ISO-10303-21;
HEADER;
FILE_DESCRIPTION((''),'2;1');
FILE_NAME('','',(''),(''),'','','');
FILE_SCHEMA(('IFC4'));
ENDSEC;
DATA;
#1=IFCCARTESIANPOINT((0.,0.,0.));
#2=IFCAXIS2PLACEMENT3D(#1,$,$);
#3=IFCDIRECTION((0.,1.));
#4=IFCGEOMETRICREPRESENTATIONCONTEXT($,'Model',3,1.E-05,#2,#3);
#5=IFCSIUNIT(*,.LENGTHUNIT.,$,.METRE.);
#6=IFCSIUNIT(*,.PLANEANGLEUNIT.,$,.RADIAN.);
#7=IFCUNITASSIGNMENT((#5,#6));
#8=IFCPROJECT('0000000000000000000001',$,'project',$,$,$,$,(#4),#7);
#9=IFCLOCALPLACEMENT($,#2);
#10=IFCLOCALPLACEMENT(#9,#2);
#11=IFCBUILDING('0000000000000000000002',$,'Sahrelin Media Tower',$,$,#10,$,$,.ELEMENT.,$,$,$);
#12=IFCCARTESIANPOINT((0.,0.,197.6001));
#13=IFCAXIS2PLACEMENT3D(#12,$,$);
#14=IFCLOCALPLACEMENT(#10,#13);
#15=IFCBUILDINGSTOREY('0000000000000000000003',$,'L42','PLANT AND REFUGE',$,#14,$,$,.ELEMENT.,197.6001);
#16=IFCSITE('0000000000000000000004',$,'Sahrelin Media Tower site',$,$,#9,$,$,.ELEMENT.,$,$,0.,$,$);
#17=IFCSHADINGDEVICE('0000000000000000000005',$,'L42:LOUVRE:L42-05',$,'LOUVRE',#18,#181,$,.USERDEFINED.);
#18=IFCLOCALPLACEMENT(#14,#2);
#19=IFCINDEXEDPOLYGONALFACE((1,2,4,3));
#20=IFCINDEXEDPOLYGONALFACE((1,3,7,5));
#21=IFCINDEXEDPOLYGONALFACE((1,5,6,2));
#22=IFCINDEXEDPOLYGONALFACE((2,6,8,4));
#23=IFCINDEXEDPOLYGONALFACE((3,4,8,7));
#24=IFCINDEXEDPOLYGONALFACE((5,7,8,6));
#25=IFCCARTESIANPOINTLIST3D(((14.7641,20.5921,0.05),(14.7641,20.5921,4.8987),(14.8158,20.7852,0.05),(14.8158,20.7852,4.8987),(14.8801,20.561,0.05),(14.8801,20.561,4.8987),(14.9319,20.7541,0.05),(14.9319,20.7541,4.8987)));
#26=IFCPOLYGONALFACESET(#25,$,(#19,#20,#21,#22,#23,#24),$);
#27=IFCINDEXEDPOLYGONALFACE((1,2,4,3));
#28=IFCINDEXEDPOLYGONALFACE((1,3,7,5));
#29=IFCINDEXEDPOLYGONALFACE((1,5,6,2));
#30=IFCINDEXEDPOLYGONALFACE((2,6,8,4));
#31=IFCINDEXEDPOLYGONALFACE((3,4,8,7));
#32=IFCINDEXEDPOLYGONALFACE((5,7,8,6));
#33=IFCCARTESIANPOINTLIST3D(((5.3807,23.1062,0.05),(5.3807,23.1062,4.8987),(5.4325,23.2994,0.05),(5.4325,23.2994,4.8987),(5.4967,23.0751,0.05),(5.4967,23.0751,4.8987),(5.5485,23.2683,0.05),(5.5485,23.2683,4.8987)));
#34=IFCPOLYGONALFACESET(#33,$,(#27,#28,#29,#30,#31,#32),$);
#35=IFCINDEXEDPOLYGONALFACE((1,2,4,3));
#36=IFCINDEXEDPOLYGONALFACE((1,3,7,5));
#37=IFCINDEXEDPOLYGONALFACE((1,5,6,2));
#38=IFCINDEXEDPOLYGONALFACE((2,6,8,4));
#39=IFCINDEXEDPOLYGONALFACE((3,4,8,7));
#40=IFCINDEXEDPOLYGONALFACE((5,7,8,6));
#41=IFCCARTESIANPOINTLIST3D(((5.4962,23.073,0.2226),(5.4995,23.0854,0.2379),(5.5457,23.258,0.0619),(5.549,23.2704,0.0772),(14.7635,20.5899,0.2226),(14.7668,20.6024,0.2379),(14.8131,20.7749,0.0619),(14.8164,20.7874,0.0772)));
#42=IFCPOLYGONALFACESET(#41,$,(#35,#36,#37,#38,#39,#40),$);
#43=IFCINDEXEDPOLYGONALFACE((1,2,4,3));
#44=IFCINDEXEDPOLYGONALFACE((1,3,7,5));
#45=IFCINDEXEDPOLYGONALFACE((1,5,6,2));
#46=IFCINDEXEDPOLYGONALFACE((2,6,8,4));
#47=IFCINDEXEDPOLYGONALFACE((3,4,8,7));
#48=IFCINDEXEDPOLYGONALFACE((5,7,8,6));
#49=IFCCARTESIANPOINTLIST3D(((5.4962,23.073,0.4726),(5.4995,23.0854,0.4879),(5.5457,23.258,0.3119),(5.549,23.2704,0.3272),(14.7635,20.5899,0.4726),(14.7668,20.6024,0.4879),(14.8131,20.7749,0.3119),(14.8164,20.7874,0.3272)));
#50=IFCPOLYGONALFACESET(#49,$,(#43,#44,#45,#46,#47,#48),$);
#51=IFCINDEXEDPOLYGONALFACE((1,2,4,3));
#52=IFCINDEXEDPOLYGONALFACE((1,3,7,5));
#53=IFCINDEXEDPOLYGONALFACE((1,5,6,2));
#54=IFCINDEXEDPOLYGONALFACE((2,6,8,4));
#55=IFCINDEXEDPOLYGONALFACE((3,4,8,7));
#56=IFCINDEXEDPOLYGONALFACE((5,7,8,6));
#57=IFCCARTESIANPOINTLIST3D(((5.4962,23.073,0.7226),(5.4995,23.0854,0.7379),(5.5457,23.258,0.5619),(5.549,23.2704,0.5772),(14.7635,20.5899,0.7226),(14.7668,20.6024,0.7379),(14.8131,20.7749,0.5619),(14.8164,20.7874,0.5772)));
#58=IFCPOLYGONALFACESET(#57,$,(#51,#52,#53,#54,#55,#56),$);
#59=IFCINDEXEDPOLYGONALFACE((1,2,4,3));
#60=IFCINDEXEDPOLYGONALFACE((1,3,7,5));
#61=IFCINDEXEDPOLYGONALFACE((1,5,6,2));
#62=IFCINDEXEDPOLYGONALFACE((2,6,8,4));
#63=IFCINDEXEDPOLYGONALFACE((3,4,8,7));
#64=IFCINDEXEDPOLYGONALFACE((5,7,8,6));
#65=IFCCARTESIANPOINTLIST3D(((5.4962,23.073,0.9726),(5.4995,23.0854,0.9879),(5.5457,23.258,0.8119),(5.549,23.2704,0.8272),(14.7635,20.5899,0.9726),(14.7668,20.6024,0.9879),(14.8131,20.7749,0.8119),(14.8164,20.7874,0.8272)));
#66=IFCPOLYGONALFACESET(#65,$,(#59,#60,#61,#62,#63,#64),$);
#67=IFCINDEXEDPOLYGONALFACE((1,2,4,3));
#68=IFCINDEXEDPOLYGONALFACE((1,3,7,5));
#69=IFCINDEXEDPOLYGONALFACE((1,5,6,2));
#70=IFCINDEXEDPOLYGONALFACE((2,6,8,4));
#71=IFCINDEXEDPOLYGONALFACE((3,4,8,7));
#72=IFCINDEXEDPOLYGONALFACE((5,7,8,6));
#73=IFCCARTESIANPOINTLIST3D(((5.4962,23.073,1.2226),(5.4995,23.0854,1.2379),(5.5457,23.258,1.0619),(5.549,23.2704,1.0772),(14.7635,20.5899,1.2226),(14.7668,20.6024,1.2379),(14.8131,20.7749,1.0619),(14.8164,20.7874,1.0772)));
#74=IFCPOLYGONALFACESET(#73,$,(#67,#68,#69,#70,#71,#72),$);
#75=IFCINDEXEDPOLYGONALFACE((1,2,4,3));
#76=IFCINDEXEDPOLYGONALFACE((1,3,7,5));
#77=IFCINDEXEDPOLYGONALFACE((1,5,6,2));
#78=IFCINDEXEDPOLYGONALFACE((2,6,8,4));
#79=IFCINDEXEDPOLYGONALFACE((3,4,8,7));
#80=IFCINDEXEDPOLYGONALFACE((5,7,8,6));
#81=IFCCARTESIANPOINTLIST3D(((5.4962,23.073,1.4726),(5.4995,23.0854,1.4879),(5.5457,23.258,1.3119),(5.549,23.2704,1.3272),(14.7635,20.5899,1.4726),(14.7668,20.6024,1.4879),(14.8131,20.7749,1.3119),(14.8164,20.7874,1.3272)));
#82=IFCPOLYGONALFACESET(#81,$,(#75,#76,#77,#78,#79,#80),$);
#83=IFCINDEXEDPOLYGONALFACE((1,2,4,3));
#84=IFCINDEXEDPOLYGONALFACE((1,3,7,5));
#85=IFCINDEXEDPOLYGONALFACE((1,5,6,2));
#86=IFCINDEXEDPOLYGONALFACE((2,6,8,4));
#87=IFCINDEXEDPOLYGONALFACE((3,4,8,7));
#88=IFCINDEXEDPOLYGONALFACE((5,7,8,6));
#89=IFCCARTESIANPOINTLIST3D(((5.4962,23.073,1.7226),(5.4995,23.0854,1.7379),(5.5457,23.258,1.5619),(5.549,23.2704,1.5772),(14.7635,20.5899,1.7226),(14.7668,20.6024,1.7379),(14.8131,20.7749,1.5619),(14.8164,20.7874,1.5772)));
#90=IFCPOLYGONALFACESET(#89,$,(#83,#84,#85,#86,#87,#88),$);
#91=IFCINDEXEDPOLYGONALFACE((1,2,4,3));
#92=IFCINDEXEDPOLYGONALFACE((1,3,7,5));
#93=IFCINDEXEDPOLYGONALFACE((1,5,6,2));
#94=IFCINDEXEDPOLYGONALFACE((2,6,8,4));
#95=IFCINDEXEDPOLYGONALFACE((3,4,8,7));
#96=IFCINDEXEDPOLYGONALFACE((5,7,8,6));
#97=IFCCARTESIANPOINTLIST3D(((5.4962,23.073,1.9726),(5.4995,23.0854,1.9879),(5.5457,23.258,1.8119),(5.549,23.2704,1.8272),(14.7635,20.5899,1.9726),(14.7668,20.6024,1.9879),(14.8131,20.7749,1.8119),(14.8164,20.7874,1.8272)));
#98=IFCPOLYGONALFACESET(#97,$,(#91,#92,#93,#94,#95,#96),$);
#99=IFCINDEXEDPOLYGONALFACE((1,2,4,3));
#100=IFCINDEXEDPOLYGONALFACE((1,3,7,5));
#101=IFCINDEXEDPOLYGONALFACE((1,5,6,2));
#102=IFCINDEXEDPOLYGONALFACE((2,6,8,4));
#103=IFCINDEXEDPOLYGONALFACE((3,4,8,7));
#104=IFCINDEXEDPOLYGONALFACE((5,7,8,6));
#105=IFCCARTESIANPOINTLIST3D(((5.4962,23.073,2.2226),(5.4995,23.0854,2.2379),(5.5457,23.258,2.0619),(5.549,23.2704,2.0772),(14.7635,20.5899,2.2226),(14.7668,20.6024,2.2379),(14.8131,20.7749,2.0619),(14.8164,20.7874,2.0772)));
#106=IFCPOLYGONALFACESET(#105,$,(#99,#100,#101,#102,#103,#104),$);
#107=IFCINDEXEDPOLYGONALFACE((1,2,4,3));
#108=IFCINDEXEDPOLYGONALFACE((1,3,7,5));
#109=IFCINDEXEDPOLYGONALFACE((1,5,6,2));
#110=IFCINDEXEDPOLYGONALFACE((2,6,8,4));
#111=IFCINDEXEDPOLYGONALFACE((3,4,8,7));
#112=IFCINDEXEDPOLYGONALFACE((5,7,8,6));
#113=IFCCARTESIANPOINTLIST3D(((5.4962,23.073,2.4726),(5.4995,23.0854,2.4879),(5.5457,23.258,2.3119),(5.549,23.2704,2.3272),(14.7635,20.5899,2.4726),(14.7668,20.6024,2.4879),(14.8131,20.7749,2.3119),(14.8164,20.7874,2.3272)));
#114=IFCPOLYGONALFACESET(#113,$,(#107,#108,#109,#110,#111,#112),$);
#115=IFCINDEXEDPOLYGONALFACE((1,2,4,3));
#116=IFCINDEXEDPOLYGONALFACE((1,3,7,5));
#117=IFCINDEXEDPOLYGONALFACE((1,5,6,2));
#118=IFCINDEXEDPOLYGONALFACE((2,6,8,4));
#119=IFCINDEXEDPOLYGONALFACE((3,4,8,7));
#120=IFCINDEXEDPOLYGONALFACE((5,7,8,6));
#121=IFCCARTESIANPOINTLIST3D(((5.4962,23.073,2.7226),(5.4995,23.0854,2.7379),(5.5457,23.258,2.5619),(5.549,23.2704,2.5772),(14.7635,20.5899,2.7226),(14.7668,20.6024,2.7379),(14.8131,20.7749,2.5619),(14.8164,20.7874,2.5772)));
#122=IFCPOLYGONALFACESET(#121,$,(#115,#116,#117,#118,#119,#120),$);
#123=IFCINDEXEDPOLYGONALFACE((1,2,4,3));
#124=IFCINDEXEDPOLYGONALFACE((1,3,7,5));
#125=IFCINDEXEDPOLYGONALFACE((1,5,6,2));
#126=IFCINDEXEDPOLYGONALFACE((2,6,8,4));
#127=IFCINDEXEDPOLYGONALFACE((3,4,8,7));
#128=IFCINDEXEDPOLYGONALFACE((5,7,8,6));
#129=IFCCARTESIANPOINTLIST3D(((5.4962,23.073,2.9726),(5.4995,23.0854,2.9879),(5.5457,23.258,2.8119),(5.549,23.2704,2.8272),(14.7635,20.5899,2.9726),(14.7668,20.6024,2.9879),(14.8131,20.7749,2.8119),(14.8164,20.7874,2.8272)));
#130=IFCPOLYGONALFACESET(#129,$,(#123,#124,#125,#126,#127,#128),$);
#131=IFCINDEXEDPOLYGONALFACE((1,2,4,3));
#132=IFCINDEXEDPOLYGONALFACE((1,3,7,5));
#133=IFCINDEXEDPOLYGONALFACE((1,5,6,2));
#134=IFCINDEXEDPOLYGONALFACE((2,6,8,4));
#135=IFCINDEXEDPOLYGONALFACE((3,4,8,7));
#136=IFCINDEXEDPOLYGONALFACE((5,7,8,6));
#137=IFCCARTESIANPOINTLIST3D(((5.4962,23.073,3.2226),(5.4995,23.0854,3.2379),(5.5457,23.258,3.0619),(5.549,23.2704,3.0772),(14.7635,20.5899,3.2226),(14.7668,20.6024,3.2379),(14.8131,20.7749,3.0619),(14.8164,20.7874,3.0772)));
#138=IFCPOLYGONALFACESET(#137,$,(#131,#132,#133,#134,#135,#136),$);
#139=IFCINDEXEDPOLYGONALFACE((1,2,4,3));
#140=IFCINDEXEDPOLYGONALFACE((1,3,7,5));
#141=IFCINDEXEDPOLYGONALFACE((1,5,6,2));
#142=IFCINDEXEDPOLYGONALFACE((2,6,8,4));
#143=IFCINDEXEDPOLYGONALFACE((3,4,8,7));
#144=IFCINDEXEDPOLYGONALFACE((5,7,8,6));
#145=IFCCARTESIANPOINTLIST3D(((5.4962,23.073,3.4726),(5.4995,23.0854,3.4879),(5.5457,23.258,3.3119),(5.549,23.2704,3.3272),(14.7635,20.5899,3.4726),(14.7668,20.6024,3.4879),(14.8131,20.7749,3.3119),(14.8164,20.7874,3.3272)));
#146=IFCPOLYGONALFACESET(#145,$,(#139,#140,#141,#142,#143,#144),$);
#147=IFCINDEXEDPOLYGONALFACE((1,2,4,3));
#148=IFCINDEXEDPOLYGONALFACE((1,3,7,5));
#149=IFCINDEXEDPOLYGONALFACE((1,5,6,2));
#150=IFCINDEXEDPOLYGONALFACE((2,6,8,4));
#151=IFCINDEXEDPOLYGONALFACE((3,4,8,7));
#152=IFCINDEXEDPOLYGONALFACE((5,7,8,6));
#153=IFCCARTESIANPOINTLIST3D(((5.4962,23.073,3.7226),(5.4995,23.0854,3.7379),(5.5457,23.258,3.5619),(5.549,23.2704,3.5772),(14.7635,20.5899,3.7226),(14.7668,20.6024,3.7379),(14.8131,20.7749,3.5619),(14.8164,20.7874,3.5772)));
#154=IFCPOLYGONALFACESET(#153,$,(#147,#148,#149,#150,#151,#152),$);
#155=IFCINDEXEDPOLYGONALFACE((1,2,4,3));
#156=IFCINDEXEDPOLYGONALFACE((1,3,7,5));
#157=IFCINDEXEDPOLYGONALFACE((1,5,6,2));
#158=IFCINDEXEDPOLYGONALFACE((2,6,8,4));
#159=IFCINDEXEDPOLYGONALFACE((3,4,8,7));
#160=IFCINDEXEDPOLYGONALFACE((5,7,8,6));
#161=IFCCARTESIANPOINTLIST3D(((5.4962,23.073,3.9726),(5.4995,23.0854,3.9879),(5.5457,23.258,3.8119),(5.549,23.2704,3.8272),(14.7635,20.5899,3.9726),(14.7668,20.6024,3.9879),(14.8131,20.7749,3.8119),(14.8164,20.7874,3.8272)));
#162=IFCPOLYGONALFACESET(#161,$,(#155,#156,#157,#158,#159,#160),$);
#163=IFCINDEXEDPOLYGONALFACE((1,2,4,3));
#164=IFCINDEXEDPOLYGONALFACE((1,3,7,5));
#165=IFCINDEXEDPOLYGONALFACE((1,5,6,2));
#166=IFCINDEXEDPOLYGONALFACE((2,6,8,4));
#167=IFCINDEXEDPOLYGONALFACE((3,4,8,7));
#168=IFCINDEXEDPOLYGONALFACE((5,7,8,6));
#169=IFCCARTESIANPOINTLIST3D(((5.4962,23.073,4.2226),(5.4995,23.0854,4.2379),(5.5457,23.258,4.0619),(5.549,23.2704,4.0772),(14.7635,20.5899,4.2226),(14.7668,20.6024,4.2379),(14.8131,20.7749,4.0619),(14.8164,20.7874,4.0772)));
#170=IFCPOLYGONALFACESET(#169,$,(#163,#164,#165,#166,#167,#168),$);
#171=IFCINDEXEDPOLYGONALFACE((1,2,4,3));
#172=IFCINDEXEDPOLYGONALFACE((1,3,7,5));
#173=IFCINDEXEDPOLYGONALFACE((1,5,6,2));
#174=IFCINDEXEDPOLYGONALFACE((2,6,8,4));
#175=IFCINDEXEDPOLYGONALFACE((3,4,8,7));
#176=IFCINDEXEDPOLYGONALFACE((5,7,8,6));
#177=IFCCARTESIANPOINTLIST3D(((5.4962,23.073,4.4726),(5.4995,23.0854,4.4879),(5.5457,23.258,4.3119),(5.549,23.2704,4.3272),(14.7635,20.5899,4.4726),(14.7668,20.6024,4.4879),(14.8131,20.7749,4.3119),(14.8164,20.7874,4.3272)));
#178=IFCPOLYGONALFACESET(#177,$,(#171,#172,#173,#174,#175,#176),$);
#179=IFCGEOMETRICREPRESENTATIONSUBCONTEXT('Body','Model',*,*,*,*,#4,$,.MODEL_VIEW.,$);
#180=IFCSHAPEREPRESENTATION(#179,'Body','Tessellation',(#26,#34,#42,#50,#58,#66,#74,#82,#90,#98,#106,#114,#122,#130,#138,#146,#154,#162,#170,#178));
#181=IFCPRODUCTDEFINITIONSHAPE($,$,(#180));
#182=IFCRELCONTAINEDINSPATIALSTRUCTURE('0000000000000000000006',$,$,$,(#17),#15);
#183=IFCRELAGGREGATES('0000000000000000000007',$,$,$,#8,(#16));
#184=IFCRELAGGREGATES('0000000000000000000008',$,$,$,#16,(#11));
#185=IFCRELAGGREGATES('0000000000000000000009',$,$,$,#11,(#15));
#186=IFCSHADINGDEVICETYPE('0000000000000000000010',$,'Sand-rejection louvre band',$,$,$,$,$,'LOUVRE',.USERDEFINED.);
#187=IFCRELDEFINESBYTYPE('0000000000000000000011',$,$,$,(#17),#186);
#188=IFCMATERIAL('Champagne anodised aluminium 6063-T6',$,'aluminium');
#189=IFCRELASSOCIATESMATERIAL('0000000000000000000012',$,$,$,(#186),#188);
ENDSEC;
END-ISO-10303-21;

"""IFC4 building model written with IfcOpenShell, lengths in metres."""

from ifc_helpers import new_model, si_unit, direction, frame, origin, origin_2d, place, context, subcontext, project, spatial, rectangle, extrude, material, type_object, element, save


model = new_model("IFC4")

# Units and contexts
model_context = context("Model", 3, precision=1e-05, world=origin(), true_north=direction((0.0, 1.0)))
body_context = subcontext(model_context, "Body", "Model", "MODEL_VIEW")
ifc_project = project(units=[si_unit("LENGTHUNIT", "METRE"), si_unit("PLANEANGLEUNIT", "RADIAN")], contexts=[model_context])

# Site, building, storey
site_placement = place(None, origin())
site = spatial("IfcSite", under=ifc_project, at=site_placement, Name="Sahrelin Media Tower site", CompositionType="ELEMENT", RefElevation=0.0)
building_placement = place(site_placement, origin())
building = spatial("IfcBuilding", under=site, at=building_placement, Name="Sahrelin Media Tower", CompositionType="ELEMENT")
storey_placement = place(building_placement, frame((0.0, 0.0, 197.6001)))
storey = spatial("IfcBuildingStorey", under=building, at=storey_placement, Name="L42", Description="PLANT AND REFUGE", CompositionType="ELEMENT", Elevation=197.6001)

# Shading device
ifc_material_1 = material(Name="Champagne anodised aluminium 6063-T6", Category="aluminium")
shading_device_type = type_object("IfcShadingDeviceType", Name="Sand-rejection louvre band", ElementType="LOUVRE", PredefinedType="USERDEFINED", material=ifc_material_1)
shading_device_1_placement = place(storey_placement, frame((10.1304, 21.8335, 0.0), z_axis=(0.0, 0.0, 1.0), x_axis=(0.965929, -0.258808, 0.0)))
element("IfcShadingDevice", 1, at=shading_device_1_placement, inside=storey, type_object=shading_device_type, Name="L42:LOUVRE:L42-05", ObjectType="LOUVRE", PredefinedType="USERDEFINED", context=body_context, shape_type="SweptSolid", body=[
    extrude(rectangle(XDim=0.1201, YDim=0.2, at=origin_2d()), frame((4.8572, 0.1001, 0.05), z_axis=(0.0, 0.0, 1.0), x_axis=(1.0, 0.0, 0.0)), (0.0, 0.0, 1.0), 4.8486),
    extrude(rectangle(XDim=0.1201, YDim=0.2, at=origin_2d()), frame((-4.8572, 0.1001, 0.05), z_axis=(0.0, 0.0, 1.0), x_axis=(1.0, 0.0, 0.0)), (0.0, 0.0, 1.0), 4.8486),
    extrude(rectangle(XDim=0.25, YDim=0.02, at=origin_2d()), frame((4.7971, 0.1001, 0.1499), z_axis=(-1.0, 0.0, 0.0), x_axis=(0.0, -0.766044, 0.642788)), (0.0, 0.0, 1.0), 9.5942),
    extrude(rectangle(XDim=0.25, YDim=0.02, at=origin_2d()), frame((4.7971, 0.1001, 0.3999), z_axis=(-1.0, 0.0, 0.0), x_axis=(0.0, -0.766044, 0.642788)), (0.0, 0.0, 1.0), 9.5942),
    extrude(rectangle(XDim=0.25, YDim=0.02, at=origin_2d()), frame((4.7971, 0.1001, 0.6499), z_axis=(-1.0, 0.0, 0.0), x_axis=(0.0, -0.766044, 0.642788)), (0.0, 0.0, 1.0), 9.5942),
    extrude(rectangle(XDim=0.25, YDim=0.02, at=origin_2d()), frame((4.7971, 0.1001, 0.8999), z_axis=(-1.0, 0.0, 0.0), x_axis=(0.0, -0.766044, 0.642788)), (0.0, 0.0, 1.0), 9.5942),
    extrude(rectangle(XDim=0.25, YDim=0.02, at=origin_2d()), frame((4.7971, 0.1001, 1.1499), z_axis=(-1.0, 0.0, 0.0), x_axis=(0.0, -0.766044, 0.642788)), (0.0, 0.0, 1.0), 9.5942),
    extrude(rectangle(XDim=0.25, YDim=0.02, at=origin_2d()), frame((4.7971, 0.1001, 1.3999), z_axis=(-1.0, 0.0, 0.0), x_axis=(0.0, -0.766044, 0.642788)), (0.0, 0.0, 1.0), 9.5942),
    extrude(rectangle(XDim=0.25, YDim=0.02, at=origin_2d()), frame((4.7971, 0.1001, 1.6499), z_axis=(-1.0, 0.0, 0.0), x_axis=(0.0, -0.766044, 0.642788)), (0.0, 0.0, 1.0), 9.5942),
    extrude(rectangle(XDim=0.25, YDim=0.02, at=origin_2d()), frame((4.7971, 0.1001, 1.8999), z_axis=(-1.0, 0.0, 0.0), x_axis=(0.0, -0.766044, 0.642788)), (0.0, 0.0, 1.0), 9.5942),
    extrude(rectangle(XDim=0.25, YDim=0.02, at=origin_2d()), frame((4.7971, 0.1001, 2.1499), z_axis=(-1.0, 0.0, 0.0), x_axis=(0.0, -0.766044, 0.642788)), (0.0, 0.0, 1.0), 9.5942),
    extrude(rectangle(XDim=0.25, YDim=0.02, at=origin_2d()), frame((4.7971, 0.1001, 2.3999), z_axis=(-1.0, 0.0, 0.0), x_axis=(0.0, -0.766044, 0.642788)), (0.0, 0.0, 1.0), 9.5942),
    extrude(rectangle(XDim=0.25, YDim=0.02, at=origin_2d()), frame((4.7971, 0.1001, 2.6499), z_axis=(-1.0, 0.0, 0.0), x_axis=(0.0, -0.766044, 0.642788)), (0.0, 0.0, 1.0), 9.5942),
    extrude(rectangle(XDim=0.25, YDim=0.02, at=origin_2d()), frame((4.7971, 0.1001, 2.8999), z_axis=(-1.0, 0.0, 0.0), x_axis=(0.0, -0.766044, 0.642788)), (0.0, 0.0, 1.0), 9.5942),
    extrude(rectangle(XDim=0.25, YDim=0.02, at=origin_2d()), frame((4.7971, 0.1001, 3.1499), z_axis=(-1.0, 0.0, 0.0), x_axis=(0.0, -0.766044, 0.642788)), (0.0, 0.0, 1.0), 9.5942),
    extrude(rectangle(XDim=0.25, YDim=0.02, at=origin_2d()), frame((4.7971, 0.1001, 3.3999), z_axis=(-1.0, 0.0, 0.0), x_axis=(0.0, -0.766044, 0.642788)), (0.0, 0.0, 1.0), 9.5942),
    extrude(rectangle(XDim=0.25, YDim=0.02, at=origin_2d()), frame((4.7971, 0.1001, 3.6499), z_axis=(-1.0, 0.0, 0.0), x_axis=(0.0, -0.766044, 0.642788)), (0.0, 0.0, 1.0), 9.5942),
    extrude(rectangle(XDim=0.25, YDim=0.02, at=origin_2d()), frame((4.7971, 0.1001, 3.8999), z_axis=(-1.0, 0.0, 0.0), x_axis=(0.0, -0.766044, 0.642788)), (0.0, 0.0, 1.0), 9.5942),
    extrude(rectangle(XDim=0.25, YDim=0.02, at=origin_2d()), frame((4.7971, 0.1001, 4.1499), z_axis=(-1.0, 0.0, 0.0), x_axis=(0.0, -0.766044, 0.642788)), (0.0, 0.0, 1.0), 9.5942),
    extrude(rectangle(XDim=0.25, YDim=0.02, at=origin_2d()), frame((4.7971, 0.1001, 4.3999), z_axis=(-1.0, 0.0, 0.0), x_axis=(0.0, -0.766044, 0.642788)), (0.0, 0.0, 1.0), 9.5942),
])

save(model, "model.ifc")
